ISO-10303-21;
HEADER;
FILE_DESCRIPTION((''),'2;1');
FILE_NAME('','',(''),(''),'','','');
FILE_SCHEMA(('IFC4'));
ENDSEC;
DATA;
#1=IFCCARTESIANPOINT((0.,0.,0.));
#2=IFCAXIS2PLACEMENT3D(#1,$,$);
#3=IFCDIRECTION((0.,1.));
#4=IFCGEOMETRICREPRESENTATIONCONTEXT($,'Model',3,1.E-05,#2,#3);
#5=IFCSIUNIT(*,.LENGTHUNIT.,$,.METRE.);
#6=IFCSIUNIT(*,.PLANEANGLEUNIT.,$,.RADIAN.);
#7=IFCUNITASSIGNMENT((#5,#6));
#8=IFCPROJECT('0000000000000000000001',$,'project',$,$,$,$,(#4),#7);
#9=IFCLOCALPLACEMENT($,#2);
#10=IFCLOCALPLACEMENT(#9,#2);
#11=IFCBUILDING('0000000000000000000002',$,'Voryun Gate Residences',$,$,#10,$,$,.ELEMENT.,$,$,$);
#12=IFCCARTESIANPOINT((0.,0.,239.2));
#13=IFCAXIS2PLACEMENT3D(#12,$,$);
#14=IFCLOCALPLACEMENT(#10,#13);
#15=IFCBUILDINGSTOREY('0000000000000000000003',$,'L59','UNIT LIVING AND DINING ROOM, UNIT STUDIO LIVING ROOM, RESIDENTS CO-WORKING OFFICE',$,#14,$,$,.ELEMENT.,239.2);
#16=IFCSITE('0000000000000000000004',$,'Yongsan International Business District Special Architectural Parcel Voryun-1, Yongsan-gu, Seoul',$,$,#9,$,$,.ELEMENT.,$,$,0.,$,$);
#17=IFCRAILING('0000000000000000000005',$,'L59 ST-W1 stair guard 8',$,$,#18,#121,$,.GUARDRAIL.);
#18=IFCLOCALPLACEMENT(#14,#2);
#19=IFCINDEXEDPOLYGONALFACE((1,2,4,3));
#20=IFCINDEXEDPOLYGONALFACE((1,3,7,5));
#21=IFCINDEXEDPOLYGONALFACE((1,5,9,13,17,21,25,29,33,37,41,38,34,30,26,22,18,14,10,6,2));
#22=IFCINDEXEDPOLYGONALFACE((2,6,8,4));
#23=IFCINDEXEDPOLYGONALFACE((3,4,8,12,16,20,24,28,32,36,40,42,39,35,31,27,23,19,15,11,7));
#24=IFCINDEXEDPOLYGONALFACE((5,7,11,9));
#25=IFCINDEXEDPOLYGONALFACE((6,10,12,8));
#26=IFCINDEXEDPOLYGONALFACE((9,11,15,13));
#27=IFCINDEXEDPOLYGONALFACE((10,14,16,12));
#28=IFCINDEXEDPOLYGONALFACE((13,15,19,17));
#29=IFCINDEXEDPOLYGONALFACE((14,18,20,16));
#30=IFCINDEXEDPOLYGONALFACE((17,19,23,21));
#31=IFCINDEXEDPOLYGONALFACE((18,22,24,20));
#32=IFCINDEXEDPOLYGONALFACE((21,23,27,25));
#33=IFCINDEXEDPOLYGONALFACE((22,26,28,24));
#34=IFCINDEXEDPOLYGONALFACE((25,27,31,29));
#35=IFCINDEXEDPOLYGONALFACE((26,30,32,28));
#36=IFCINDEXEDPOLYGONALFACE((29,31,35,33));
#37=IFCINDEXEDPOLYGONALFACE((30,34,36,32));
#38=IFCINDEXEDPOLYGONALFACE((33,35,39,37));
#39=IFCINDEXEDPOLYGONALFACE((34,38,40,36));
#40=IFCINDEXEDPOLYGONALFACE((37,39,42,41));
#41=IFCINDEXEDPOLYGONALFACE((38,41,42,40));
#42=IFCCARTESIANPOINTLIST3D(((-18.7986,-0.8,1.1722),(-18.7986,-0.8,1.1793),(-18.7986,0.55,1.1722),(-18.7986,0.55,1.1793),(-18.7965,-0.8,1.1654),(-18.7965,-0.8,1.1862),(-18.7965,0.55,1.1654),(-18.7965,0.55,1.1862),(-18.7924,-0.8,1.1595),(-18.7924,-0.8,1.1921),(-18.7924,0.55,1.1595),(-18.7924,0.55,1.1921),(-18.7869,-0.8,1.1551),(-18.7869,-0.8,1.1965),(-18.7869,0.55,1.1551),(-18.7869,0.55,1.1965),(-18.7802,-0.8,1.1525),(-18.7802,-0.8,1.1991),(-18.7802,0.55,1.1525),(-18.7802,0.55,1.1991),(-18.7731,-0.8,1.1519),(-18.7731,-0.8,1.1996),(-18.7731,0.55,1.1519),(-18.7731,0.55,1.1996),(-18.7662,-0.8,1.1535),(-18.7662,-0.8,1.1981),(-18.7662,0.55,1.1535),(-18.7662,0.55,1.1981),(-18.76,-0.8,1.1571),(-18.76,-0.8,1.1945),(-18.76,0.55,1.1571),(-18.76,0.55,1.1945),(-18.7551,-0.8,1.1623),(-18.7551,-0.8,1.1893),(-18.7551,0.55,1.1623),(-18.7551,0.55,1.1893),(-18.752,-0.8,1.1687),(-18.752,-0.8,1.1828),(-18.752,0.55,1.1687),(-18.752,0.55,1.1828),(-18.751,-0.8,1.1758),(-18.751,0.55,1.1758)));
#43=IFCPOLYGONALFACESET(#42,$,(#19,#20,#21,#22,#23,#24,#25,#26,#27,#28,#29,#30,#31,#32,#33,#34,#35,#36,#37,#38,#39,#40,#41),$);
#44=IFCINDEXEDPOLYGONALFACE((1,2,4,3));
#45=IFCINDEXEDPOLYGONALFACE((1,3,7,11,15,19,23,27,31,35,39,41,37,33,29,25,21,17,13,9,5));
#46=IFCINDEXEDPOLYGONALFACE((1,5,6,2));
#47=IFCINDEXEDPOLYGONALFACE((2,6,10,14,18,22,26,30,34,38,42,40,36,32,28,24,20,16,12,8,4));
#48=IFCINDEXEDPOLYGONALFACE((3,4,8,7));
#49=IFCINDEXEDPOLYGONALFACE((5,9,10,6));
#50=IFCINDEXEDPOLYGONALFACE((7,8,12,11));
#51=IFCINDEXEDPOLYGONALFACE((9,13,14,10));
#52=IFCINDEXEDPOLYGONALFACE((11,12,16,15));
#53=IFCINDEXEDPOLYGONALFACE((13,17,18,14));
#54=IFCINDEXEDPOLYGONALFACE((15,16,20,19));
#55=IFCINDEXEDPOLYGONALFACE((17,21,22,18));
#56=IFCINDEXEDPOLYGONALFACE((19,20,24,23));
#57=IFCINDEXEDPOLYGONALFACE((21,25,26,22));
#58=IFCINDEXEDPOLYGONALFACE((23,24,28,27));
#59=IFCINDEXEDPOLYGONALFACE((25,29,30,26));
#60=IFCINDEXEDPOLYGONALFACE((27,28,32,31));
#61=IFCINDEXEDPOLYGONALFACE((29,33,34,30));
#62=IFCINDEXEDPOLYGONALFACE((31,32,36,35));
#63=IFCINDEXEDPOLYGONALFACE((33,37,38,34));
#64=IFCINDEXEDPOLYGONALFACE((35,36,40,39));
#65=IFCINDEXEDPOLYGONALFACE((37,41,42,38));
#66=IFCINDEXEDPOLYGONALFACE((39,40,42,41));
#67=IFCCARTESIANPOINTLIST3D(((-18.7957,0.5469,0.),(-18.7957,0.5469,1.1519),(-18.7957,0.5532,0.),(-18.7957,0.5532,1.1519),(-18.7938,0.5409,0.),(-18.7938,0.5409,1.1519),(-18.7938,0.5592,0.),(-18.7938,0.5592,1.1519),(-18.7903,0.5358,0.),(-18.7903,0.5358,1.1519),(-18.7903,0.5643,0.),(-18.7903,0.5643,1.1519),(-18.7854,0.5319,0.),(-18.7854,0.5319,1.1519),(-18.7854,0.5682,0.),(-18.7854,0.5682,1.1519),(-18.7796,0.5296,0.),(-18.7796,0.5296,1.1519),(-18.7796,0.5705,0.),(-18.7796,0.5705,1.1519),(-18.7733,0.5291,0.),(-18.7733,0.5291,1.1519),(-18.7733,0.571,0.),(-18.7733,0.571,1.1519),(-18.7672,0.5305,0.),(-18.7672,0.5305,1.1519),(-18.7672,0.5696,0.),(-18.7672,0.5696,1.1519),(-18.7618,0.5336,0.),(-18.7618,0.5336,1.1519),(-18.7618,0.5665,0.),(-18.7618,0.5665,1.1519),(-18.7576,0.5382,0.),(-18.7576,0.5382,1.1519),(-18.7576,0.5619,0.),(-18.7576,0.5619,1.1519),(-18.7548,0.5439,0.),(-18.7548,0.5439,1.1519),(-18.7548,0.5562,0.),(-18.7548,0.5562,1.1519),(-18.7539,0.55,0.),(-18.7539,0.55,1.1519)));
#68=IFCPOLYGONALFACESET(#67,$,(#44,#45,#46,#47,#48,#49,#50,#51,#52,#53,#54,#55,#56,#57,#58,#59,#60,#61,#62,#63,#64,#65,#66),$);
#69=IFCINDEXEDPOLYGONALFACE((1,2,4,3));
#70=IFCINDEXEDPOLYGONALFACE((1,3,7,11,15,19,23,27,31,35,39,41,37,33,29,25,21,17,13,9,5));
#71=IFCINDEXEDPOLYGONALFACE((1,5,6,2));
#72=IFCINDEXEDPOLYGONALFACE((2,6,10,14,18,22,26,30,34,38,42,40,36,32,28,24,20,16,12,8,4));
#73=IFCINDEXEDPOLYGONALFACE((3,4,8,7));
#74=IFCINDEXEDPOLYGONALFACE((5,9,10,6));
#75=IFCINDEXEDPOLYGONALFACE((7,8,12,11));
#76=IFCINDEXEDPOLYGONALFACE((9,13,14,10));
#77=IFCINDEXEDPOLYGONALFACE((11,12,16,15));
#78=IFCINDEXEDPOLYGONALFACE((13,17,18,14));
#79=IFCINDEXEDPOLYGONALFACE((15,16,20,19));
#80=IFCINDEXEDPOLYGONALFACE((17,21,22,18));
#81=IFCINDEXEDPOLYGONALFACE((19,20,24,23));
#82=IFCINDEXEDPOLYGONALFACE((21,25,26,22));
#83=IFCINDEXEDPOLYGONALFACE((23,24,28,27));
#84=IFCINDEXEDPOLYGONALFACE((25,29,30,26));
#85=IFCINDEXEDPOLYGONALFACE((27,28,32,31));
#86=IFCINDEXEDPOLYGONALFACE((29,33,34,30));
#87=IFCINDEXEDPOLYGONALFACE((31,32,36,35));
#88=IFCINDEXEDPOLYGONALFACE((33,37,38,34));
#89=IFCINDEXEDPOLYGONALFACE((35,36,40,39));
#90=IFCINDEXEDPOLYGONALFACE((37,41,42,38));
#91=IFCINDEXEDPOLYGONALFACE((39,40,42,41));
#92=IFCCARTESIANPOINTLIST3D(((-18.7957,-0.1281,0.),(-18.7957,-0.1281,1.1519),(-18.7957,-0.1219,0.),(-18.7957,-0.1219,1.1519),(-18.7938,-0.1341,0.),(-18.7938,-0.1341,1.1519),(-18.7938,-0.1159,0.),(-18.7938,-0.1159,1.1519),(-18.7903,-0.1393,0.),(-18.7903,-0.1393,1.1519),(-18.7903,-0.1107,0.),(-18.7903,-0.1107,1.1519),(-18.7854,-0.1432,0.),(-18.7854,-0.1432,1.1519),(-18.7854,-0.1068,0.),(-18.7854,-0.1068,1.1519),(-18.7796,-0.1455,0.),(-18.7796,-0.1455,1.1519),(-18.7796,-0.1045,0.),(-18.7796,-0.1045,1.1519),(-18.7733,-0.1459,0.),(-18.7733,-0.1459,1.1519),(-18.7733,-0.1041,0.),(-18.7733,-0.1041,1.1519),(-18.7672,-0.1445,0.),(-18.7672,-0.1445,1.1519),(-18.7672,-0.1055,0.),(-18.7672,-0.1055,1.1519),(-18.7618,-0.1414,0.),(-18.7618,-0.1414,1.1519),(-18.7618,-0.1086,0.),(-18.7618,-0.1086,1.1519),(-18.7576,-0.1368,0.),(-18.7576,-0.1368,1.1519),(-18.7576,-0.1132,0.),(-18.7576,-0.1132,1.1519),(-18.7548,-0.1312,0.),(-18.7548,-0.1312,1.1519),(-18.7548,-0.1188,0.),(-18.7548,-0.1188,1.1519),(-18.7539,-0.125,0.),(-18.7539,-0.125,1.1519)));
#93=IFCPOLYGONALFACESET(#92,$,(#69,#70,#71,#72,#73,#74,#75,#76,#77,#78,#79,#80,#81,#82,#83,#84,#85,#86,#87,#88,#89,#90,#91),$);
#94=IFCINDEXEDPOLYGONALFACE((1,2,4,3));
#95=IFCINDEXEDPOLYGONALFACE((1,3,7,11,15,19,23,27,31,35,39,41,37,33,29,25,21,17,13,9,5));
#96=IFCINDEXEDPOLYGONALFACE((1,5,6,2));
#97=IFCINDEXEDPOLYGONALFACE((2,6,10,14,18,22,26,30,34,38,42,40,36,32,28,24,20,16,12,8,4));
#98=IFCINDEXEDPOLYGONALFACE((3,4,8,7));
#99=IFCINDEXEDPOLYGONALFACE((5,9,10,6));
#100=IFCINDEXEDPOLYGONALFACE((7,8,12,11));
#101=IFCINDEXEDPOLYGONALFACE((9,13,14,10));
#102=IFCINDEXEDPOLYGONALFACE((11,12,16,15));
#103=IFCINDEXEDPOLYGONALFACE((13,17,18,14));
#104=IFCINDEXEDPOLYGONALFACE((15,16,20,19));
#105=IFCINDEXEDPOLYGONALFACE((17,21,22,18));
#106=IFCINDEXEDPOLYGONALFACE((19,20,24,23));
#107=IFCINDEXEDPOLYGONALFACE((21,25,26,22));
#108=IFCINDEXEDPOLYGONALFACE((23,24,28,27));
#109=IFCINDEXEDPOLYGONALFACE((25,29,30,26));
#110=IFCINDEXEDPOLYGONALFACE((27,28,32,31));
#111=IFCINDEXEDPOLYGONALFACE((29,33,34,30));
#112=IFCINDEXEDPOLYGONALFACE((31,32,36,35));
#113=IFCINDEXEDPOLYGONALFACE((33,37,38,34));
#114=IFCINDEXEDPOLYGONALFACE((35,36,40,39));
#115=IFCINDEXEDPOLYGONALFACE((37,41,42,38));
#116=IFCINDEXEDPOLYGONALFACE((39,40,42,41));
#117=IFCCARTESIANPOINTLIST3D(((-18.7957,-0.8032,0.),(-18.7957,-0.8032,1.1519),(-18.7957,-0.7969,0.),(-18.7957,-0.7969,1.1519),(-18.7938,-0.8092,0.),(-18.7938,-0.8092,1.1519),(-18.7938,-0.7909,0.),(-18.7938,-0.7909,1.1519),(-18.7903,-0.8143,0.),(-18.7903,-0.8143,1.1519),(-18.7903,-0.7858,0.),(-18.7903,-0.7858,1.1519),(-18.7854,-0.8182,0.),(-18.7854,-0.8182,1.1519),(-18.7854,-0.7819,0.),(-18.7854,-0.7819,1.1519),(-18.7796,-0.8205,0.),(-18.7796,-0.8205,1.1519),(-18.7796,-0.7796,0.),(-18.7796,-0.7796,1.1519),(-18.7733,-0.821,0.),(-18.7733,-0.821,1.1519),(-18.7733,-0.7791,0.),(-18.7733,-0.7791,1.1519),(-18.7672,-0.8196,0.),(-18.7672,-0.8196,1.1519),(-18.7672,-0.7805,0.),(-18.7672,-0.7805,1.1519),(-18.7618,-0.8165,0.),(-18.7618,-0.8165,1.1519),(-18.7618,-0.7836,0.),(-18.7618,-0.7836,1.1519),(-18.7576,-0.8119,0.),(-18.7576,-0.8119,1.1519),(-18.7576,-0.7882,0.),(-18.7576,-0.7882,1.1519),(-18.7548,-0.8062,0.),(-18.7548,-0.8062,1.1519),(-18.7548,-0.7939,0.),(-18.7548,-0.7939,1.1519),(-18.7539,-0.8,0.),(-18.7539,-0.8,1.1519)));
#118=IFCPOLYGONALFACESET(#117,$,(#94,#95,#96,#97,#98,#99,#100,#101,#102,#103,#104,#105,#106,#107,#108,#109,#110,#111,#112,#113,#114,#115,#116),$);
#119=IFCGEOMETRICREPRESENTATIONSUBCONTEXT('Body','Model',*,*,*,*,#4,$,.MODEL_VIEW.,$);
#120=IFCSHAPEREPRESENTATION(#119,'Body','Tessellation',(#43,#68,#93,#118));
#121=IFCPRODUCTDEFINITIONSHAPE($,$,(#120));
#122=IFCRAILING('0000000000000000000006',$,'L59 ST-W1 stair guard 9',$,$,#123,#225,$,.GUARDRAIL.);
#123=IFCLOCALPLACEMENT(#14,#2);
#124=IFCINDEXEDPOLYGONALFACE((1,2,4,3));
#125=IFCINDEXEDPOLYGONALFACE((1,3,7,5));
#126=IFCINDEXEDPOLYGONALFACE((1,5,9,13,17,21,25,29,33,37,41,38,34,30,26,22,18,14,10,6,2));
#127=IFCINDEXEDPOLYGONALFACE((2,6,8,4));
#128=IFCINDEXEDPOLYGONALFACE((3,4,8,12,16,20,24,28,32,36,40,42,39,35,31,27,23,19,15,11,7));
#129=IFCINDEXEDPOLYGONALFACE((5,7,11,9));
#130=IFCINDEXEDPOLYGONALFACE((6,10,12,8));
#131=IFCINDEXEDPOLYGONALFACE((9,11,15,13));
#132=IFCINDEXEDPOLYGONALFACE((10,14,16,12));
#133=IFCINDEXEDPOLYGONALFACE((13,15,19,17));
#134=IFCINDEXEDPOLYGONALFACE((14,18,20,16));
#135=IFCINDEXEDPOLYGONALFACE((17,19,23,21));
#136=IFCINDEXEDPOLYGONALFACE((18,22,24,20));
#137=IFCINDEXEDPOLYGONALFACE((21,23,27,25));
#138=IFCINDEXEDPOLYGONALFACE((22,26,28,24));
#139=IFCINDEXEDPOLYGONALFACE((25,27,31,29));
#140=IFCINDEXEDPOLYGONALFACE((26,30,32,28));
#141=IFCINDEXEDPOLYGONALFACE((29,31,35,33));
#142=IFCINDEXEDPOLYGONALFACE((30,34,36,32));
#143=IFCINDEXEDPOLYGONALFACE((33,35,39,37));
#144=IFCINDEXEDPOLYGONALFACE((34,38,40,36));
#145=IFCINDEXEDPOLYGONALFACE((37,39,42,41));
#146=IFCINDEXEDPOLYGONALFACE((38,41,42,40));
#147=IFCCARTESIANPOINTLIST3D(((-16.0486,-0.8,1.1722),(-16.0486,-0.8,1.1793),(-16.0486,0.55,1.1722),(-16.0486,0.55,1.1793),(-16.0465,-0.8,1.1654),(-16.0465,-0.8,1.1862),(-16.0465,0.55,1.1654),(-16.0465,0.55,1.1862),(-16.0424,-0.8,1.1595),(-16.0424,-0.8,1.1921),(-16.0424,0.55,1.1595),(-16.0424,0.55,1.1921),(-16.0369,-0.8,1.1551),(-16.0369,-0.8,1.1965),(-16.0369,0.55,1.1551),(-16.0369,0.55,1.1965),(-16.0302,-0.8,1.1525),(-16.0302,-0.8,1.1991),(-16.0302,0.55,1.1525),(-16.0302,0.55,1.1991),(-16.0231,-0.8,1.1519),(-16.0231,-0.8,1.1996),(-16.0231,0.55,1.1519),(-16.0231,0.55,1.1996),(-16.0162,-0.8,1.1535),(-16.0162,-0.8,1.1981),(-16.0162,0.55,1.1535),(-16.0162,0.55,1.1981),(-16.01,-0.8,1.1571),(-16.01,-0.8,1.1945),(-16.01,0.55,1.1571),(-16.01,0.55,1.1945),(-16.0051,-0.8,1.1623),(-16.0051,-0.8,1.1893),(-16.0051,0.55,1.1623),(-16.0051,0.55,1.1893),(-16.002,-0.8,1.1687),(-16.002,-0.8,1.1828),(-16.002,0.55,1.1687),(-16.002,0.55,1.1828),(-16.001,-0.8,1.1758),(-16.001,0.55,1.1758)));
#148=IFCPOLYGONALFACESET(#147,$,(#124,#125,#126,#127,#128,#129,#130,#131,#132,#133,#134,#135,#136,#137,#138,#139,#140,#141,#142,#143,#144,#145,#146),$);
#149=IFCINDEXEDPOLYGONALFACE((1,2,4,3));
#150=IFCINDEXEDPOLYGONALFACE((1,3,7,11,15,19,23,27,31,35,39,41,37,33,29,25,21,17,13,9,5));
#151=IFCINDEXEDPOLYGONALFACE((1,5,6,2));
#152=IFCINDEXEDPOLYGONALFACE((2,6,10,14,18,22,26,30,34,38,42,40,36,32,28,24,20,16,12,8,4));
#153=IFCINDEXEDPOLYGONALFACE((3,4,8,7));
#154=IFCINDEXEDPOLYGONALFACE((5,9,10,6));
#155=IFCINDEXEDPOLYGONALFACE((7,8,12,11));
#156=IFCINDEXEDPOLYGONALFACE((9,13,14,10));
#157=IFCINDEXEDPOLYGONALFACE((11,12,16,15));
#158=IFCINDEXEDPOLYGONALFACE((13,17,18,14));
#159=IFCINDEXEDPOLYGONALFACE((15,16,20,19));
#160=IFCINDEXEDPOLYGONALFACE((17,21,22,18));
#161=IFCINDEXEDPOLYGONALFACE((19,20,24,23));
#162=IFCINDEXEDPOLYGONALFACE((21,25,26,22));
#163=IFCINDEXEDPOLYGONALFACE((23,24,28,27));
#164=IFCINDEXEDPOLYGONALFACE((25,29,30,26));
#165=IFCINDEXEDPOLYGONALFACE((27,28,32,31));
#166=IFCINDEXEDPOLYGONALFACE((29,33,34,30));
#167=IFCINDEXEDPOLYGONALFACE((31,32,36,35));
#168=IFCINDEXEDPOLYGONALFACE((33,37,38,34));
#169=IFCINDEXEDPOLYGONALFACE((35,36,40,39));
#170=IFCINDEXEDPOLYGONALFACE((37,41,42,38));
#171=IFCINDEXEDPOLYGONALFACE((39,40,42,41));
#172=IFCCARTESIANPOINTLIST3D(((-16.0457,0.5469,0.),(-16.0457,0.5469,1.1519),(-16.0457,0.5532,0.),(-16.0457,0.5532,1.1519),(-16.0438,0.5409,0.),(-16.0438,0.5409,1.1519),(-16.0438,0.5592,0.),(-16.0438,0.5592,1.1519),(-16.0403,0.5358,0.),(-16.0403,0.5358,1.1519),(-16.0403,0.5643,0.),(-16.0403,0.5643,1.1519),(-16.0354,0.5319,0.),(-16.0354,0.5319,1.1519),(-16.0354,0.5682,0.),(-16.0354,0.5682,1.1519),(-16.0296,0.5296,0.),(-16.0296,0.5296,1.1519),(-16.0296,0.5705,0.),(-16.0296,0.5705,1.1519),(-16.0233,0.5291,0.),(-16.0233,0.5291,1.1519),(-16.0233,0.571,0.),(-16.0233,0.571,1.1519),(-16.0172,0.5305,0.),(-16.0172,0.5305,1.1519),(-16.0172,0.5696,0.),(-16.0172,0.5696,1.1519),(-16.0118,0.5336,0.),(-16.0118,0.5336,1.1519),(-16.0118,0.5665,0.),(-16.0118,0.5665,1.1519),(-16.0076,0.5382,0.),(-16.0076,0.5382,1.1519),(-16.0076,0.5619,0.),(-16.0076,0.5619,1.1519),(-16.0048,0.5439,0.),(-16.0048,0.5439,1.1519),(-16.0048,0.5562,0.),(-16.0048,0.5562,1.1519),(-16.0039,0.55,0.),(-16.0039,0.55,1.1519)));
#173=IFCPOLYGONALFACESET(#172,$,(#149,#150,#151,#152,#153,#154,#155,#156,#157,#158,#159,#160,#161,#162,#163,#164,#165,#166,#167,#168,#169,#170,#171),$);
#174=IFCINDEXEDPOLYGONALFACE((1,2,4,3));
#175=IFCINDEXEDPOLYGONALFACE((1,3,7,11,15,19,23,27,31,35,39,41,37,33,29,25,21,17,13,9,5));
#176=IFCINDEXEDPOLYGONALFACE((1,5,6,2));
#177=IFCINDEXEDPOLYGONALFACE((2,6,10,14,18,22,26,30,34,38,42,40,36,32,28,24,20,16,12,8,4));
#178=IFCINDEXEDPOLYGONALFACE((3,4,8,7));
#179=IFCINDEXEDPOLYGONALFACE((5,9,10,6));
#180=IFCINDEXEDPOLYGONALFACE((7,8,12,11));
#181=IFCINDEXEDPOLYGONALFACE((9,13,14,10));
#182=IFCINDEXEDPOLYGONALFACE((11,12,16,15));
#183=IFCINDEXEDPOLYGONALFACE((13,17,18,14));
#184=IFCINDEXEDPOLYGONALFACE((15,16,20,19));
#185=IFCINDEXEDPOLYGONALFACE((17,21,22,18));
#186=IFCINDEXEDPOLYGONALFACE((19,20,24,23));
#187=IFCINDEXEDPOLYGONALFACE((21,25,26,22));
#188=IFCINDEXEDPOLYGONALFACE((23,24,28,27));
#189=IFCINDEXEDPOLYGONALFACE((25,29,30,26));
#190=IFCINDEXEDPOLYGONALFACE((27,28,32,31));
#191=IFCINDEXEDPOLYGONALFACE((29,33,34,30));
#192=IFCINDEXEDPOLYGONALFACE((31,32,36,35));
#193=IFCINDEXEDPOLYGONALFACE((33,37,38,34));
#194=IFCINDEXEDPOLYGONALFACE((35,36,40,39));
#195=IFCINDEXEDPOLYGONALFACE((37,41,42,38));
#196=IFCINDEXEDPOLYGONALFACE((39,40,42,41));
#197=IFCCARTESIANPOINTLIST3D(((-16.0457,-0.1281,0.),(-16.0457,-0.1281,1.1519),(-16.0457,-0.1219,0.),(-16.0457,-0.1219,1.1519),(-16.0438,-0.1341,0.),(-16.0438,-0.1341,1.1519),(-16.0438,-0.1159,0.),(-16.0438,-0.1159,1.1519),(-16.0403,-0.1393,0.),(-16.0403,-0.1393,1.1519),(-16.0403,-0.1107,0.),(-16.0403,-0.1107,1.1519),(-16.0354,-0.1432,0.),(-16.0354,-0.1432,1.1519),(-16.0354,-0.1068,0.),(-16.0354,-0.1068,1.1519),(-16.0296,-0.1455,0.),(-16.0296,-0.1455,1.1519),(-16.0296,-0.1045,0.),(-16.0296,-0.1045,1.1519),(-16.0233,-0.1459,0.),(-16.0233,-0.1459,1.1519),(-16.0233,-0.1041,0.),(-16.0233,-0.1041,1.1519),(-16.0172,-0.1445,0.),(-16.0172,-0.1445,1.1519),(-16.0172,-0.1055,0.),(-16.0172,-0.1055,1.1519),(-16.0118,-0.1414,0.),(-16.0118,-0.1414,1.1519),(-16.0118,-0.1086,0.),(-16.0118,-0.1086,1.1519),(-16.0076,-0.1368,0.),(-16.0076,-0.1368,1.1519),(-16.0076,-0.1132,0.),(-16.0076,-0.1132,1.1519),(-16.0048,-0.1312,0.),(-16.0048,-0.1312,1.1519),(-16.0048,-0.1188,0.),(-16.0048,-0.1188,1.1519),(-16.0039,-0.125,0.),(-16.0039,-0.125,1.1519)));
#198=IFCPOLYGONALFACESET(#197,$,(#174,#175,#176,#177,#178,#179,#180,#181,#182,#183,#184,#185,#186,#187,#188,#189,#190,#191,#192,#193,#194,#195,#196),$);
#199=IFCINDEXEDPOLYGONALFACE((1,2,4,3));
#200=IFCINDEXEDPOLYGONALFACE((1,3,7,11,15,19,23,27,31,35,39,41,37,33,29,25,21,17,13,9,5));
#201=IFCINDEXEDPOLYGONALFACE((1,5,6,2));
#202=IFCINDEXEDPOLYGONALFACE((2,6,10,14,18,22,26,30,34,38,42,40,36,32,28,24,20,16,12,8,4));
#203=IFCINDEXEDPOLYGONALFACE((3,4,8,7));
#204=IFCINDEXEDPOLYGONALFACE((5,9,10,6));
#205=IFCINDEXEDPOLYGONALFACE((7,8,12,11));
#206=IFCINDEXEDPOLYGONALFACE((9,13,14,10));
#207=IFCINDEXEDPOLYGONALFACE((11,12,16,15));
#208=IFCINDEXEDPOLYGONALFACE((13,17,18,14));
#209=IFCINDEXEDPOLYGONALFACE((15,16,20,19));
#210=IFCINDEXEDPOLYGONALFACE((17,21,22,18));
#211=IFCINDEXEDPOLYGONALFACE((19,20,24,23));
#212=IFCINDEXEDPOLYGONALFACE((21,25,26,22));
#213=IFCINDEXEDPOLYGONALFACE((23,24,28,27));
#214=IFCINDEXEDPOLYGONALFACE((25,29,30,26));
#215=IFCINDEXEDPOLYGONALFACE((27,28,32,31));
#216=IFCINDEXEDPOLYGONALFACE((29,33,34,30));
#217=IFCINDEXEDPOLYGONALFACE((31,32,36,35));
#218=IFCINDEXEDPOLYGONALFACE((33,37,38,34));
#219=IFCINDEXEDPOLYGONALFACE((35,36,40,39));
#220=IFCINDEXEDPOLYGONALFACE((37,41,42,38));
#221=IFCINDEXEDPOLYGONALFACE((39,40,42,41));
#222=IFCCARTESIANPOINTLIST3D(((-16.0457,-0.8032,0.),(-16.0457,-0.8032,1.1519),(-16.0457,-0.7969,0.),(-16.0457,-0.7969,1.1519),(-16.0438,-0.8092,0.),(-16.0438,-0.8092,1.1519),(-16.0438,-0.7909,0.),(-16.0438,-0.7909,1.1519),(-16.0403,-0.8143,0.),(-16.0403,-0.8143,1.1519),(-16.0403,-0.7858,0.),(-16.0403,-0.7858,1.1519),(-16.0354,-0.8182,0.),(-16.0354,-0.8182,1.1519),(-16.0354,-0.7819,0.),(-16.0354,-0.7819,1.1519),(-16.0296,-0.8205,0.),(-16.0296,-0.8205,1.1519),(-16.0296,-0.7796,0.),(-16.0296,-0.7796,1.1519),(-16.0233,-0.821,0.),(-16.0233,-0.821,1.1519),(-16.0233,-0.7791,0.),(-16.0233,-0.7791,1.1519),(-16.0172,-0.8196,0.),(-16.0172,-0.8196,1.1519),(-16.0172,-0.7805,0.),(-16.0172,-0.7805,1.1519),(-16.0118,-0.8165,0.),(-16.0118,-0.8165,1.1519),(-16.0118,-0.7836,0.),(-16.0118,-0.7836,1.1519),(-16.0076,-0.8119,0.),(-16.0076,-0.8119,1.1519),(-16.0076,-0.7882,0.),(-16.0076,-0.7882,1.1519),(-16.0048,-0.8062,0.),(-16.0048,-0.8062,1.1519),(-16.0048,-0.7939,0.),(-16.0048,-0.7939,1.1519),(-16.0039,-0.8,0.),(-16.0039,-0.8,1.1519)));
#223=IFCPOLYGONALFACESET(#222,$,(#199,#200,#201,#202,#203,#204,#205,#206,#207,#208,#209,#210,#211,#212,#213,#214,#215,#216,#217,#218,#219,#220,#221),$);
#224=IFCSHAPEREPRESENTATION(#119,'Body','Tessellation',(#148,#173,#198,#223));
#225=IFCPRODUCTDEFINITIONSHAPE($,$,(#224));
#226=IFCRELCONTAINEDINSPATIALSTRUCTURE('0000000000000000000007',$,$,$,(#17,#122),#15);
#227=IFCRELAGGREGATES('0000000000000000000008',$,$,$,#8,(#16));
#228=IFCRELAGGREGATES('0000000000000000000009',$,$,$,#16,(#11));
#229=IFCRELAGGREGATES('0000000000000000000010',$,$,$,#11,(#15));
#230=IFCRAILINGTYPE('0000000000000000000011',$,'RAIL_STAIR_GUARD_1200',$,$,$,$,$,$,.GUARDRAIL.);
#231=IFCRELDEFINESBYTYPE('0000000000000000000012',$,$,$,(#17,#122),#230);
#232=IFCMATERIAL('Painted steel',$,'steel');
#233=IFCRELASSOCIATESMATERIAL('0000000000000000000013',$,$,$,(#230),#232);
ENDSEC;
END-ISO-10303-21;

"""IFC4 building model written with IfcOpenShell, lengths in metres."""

from ifc_helpers import new_model, si_unit, direction, frame, origin, origin_2d, place, context, subcontext, project, spatial, circle, extrude, material, type_object, element, save


model = new_model("IFC4")

# Units and contexts
model_context = context("Model", 3, precision=1e-05, world=origin(), true_north=direction((0.0, 1.0)))
body_context = subcontext(model_context, "Body", "Model", "MODEL_VIEW")
ifc_project = project(units=[si_unit("LENGTHUNIT", "METRE"), si_unit("PLANEANGLEUNIT", "RADIAN")], contexts=[model_context])

# Site, building, storey
site_placement = place(None, origin())
site = spatial("IfcSite", under=ifc_project, at=site_placement, Name="Yongsan International Business District Special Architectural Parcel Voryun-1, Yongsan-gu, Seoul", CompositionType="ELEMENT", RefElevation=0.0)
building_placement = place(site_placement, origin())
building = spatial("IfcBuilding", under=site, at=building_placement, Name="Voryun Gate Residences", CompositionType="ELEMENT")
storey_placement = place(building_placement, frame((0.0, 0.0, 239.2)))
storey = spatial("IfcBuildingStorey", under=building, at=storey_placement, Name="L59", Description="UNIT LIVING AND DINING ROOM, UNIT STUDIO LIVING ROOM, RESIDENTS CO-WORKING OFFICE", CompositionType="ELEMENT", Elevation=239.2)

# Railings
ifc_material_1 = material(Name="Painted steel", Category="steel")
railing_type = type_object("IfcRailingType", Name="RAIL_STAIR_GUARD_1200", PredefinedType="GUARDRAIL", material=ifc_material_1)
for number, where, name in (
    (1, (-18.7749, 0.55, 0.0), "L59 ST-W1 stair guard 8"),
    (2, (-16.0249, 0.55, 0.0), "L59 ST-W1 stair guard 9"),
):
    element("IfcRailing", number, at=place(storey_placement, frame(where)), inside=storey, type_object=railing_type, Name=name, PredefinedType="GUARDRAIL", context=body_context, shape_type="SweptSolid", body=[
        extrude(circle(Radius=0.0239, at=origin_2d()), frame((0.0, 0.0, 1.1758), z_axis=(0.0, -1.0, 0.0), x_axis=(1.0, 0.0, 0.0)), (0.0, 0.0, 1.0), 1.3501),
        extrude(circle(Radius=0.021, at=origin_2d()), origin(), (0.0, 0.0, 1.0), 1.1519),
        extrude(circle(Radius=0.021, at=origin_2d()), frame((0.0, -0.675, 0.0)), (0.0, 0.0, 1.0), 1.1519),
        extrude(circle(Radius=0.021, at=origin_2d()), frame((0.0, -1.3501, 0.0)), (0.0, 0.0, 1.0), 1.1519),
    ])

save(model, "model.ifc")
